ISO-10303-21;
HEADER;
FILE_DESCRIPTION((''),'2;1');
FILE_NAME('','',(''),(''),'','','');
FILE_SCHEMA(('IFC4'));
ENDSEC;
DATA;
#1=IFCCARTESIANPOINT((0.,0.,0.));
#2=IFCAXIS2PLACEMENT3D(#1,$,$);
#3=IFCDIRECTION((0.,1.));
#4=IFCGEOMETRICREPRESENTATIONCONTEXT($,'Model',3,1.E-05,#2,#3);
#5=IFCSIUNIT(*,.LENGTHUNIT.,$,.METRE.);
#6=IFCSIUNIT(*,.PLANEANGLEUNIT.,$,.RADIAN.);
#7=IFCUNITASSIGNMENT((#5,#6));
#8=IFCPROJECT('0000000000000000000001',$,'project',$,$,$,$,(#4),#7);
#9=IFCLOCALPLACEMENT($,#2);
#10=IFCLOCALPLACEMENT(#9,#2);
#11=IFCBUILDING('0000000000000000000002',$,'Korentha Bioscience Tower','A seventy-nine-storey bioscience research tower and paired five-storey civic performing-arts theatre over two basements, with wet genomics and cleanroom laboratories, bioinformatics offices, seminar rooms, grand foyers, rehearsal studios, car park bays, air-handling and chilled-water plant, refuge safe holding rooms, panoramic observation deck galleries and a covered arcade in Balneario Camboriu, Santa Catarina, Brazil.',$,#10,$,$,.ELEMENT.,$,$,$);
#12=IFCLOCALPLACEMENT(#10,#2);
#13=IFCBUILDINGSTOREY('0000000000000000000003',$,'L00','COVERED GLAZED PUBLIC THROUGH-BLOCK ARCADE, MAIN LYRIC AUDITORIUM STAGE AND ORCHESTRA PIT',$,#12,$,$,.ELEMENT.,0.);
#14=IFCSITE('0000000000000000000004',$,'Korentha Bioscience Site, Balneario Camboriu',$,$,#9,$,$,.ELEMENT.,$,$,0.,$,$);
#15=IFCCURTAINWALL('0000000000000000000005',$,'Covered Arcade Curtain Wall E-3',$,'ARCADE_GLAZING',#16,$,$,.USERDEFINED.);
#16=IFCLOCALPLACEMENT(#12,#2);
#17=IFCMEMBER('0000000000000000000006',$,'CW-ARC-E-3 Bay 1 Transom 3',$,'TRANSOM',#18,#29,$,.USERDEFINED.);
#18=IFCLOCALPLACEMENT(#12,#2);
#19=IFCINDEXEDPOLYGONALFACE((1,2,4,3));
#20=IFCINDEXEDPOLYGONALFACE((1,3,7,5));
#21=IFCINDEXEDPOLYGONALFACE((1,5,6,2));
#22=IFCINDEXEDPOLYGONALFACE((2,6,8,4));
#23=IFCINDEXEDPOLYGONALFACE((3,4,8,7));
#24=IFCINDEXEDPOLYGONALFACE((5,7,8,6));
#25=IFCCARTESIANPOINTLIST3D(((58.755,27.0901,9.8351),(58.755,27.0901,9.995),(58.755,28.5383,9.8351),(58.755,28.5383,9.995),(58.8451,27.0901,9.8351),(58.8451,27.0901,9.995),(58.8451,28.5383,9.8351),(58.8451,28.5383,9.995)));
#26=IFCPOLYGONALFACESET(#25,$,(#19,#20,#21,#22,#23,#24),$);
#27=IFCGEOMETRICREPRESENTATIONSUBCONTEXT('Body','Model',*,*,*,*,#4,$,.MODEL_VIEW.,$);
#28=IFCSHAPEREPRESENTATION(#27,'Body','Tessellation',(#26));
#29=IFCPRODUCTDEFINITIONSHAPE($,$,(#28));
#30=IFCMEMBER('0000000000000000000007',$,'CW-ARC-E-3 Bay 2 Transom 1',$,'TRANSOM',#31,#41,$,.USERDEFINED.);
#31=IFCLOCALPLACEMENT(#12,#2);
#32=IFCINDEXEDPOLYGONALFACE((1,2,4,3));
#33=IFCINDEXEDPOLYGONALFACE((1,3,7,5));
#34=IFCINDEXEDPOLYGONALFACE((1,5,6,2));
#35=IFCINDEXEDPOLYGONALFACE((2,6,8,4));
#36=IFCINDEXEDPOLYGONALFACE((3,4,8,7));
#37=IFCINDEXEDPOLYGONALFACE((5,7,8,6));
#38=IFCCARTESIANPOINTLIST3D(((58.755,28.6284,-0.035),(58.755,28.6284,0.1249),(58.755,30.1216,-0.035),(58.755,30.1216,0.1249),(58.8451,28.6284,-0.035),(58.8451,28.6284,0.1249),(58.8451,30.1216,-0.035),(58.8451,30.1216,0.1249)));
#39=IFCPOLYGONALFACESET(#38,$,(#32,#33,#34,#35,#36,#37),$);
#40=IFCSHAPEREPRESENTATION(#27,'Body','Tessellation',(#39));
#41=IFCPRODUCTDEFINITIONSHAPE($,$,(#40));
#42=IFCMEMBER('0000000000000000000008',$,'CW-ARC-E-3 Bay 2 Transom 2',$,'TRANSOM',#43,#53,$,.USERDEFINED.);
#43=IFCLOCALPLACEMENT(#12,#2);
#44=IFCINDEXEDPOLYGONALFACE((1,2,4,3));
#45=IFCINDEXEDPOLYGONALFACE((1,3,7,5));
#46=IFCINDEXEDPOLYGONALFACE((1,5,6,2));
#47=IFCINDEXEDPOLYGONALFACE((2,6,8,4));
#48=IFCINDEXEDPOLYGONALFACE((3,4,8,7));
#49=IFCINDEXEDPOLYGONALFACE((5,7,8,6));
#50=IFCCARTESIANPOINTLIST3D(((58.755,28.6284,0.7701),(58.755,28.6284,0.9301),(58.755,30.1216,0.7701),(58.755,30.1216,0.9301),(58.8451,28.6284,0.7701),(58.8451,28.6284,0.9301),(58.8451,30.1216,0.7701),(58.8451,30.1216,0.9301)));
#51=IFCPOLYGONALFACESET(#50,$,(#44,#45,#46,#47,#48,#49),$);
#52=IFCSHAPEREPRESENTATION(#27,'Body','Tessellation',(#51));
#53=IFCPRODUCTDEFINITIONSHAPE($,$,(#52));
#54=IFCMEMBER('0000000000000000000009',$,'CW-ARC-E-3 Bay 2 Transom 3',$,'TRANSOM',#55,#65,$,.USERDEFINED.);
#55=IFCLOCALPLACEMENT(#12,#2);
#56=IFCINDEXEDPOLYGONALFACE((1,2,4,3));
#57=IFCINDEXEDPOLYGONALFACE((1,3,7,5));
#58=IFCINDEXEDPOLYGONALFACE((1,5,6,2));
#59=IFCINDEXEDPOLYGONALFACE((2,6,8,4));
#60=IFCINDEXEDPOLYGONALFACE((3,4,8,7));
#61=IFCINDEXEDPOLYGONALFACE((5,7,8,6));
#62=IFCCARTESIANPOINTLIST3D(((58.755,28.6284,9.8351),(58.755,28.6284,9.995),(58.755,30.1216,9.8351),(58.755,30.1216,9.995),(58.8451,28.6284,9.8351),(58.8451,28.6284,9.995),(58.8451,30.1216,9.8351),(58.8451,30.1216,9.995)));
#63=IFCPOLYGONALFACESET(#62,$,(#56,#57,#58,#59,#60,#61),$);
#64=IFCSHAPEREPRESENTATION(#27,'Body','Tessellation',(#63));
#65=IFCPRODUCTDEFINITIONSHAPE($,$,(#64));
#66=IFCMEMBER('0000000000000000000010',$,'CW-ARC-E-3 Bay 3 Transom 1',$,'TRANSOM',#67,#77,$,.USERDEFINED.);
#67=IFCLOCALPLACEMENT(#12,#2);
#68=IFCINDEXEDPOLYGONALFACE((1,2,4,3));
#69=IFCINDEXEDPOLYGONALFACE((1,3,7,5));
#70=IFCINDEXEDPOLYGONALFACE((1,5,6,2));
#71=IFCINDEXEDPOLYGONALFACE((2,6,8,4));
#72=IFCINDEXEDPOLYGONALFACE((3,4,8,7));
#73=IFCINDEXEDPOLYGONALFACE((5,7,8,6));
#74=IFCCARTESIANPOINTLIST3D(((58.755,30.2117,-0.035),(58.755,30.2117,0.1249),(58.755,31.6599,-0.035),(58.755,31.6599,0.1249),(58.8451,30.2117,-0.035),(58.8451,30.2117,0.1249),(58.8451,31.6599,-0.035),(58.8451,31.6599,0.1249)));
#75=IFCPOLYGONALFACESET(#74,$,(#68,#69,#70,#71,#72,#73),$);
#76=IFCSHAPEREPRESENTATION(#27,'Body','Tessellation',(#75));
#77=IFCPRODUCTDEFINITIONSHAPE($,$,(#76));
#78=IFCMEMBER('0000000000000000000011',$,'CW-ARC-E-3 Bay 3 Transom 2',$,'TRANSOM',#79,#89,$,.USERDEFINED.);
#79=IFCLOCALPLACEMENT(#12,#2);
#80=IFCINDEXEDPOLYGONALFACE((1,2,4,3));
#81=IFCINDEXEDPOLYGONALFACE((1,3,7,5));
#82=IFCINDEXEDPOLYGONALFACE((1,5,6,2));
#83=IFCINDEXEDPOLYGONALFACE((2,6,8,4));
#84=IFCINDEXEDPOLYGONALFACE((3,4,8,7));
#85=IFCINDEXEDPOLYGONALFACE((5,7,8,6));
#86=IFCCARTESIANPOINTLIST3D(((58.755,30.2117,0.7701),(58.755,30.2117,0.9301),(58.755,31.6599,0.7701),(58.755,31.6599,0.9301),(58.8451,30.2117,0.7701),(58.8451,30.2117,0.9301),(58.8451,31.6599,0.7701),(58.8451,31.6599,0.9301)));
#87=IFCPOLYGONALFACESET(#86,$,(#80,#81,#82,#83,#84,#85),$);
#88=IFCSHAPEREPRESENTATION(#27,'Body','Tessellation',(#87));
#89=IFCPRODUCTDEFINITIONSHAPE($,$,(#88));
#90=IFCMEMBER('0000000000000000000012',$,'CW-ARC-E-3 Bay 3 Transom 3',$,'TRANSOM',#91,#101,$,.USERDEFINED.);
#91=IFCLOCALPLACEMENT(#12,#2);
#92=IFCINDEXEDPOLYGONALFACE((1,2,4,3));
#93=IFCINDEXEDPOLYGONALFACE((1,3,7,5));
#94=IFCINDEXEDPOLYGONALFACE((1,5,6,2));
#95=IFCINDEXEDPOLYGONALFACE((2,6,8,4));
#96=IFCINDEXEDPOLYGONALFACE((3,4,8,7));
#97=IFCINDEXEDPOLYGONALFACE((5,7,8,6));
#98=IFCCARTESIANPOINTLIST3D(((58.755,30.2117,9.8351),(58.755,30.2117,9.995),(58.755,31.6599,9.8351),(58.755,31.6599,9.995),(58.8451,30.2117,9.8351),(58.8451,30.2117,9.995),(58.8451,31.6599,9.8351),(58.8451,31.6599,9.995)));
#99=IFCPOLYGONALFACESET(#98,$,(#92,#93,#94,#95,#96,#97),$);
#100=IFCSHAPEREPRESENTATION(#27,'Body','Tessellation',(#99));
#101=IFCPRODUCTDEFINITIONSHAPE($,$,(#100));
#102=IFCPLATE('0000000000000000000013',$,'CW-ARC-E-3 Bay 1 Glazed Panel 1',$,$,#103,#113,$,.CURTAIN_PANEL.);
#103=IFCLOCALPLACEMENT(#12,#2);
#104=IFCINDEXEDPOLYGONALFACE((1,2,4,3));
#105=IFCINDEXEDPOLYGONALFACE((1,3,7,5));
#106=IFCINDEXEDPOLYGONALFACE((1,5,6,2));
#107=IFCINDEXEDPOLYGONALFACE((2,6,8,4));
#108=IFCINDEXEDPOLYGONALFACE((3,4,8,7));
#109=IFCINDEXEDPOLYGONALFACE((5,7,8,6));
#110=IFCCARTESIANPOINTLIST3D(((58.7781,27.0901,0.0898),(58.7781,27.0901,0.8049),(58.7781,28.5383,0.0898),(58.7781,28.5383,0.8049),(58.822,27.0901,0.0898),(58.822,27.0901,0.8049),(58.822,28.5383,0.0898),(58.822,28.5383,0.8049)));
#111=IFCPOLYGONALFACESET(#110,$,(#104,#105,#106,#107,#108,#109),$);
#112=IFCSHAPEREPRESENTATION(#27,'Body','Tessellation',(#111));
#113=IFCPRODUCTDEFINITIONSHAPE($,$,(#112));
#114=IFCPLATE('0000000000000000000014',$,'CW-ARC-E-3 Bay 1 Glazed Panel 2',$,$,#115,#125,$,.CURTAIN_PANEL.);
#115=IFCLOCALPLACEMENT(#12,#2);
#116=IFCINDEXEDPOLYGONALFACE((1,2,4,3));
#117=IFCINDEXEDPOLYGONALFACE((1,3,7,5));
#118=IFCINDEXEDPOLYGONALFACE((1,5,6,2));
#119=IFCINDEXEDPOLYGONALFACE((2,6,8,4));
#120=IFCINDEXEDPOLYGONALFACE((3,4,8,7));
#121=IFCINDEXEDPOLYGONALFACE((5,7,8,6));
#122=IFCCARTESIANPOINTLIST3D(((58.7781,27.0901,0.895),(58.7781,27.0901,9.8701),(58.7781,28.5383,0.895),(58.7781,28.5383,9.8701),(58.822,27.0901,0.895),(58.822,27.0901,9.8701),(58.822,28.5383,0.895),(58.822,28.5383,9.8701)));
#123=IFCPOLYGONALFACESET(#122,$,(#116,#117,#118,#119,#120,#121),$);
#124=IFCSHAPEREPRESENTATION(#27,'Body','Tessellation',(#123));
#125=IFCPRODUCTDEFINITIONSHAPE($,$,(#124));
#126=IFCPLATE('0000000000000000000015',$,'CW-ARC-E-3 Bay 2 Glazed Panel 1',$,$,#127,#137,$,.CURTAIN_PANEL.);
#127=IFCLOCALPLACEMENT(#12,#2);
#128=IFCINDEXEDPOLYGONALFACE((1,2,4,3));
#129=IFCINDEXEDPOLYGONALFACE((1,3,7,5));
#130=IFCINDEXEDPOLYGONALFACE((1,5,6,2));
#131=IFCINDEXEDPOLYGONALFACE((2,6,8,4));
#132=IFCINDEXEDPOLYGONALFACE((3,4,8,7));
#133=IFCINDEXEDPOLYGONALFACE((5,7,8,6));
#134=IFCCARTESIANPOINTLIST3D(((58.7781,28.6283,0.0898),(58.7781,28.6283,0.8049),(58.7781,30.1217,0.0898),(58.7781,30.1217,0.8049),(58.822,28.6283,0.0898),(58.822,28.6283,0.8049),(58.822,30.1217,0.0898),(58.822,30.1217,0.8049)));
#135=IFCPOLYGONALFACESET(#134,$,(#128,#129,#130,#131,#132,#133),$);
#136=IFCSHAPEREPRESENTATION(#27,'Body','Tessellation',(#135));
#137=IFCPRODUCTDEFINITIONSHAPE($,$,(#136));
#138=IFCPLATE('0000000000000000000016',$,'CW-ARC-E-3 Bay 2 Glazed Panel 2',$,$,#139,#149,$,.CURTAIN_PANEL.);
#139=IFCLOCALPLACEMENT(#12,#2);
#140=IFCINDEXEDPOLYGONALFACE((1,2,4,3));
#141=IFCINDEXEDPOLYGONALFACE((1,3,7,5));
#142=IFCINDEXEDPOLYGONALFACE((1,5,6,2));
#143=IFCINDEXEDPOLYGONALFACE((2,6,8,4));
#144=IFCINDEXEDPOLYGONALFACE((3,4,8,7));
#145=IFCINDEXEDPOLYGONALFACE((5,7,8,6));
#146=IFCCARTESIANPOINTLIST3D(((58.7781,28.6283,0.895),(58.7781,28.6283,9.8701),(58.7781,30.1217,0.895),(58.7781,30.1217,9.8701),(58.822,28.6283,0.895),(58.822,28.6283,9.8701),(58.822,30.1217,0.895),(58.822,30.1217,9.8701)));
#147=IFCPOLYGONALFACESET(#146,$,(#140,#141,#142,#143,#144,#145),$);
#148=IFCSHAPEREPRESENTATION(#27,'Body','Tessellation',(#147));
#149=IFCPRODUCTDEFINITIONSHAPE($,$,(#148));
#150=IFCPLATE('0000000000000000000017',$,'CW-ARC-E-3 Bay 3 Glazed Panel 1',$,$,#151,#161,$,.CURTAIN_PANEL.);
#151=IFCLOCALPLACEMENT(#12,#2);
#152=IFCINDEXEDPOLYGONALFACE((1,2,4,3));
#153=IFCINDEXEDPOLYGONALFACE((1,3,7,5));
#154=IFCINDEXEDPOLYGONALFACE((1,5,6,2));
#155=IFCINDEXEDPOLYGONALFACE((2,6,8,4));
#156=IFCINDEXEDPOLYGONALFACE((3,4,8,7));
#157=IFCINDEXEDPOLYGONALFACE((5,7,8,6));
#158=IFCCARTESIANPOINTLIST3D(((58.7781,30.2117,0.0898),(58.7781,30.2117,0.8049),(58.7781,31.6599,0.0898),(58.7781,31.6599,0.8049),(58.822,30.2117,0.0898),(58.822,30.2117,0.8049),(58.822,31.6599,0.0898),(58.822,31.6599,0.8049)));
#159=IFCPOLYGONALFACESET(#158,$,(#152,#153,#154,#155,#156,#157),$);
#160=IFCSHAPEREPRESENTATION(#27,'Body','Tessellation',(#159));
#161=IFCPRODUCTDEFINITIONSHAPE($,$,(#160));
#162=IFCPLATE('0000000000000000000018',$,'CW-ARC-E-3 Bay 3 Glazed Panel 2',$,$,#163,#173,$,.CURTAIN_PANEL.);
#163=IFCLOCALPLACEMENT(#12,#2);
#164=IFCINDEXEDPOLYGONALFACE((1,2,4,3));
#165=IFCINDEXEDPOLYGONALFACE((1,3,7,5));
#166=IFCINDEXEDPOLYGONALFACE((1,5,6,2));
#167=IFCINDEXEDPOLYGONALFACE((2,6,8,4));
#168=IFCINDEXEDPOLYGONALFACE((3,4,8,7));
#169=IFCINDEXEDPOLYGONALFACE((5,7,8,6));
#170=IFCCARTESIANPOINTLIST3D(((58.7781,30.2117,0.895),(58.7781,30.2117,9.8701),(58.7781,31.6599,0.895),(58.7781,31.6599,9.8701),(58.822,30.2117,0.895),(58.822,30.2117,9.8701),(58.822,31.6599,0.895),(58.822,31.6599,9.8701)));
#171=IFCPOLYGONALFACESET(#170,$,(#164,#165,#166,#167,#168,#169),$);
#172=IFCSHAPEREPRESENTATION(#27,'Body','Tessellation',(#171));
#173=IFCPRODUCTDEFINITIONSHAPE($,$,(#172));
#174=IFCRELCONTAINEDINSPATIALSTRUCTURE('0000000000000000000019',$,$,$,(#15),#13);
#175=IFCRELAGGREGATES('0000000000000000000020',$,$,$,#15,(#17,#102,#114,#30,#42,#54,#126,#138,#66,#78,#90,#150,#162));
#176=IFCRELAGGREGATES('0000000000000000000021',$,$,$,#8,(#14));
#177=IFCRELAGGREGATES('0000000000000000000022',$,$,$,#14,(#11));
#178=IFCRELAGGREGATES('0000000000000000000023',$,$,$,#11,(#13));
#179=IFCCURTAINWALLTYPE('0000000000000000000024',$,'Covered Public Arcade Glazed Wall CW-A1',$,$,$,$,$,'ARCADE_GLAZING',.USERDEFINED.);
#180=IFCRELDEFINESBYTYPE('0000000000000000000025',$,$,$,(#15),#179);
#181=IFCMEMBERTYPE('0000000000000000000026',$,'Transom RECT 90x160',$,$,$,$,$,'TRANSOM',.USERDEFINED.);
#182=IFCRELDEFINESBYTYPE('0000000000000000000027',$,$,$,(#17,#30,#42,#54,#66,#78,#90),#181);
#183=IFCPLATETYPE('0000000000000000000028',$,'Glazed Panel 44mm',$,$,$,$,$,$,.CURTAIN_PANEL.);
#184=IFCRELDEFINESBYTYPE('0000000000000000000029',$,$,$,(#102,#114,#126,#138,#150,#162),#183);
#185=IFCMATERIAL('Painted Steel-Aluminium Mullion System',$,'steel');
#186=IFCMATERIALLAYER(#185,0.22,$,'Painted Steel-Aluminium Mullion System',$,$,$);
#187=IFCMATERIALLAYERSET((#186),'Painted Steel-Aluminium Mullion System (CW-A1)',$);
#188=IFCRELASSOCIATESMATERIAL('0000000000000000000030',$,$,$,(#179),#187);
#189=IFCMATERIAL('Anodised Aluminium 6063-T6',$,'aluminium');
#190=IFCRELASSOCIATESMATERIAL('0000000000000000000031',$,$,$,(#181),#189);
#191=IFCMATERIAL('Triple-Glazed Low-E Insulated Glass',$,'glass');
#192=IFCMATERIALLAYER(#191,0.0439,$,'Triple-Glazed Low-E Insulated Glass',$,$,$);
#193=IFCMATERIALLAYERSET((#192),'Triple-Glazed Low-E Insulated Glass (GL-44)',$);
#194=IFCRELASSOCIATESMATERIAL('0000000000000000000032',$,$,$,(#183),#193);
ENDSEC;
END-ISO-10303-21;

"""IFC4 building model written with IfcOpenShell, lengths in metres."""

from ifc_helpers import new_model, si_unit, direction, frame, origin, origin_2d, place, context, subcontext, project, spatial, rectangle, extrude, material, layer, layer_set, material_profile, profile_set, type_object, element, aggregate, save


model = new_model("IFC4")

# Units and contexts
model_context = context("Model", 3, precision=1e-05, world=origin(), true_north=direction((0.0, 1.0)))
body_context = subcontext(model_context, "Body", "Model", "MODEL_VIEW")
ifc_project = project(units=[si_unit("LENGTHUNIT", "METRE"), si_unit("PLANEANGLEUNIT", "RADIAN")], contexts=[model_context])

# Site, building, storey
site_placement = place(None, origin())
site = spatial("IfcSite", under=ifc_project, at=site_placement, Name="Korentha Bioscience Site, Balneario Camboriu", CompositionType="ELEMENT", RefElevation=0.0)
building_placement = place(site_placement, origin())
building = spatial("IfcBuilding", under=site, at=building_placement, Name="Korentha Bioscience Tower", Description="A seventy-nine-storey bioscience research tower and paired five-storey civic performing-arts theatre over two basements, with wet genomics and cleanroom laboratories, bioinformatics offices, seminar rooms, grand foyers, rehearsal studios, car park bays, air-handling and chilled-water plant, refuge safe holding rooms, panoramic observation deck galleries and a covered arcade in Balneario Camboriu, Santa Catarina, Brazil.", CompositionType="ELEMENT")
storey_placement = place(building_placement, origin())
storey = spatial("IfcBuildingStorey", under=building, at=storey_placement, Name="L00", Description="COVERED GLAZED PUBLIC THROUGH-BLOCK ARCADE, MAIN LYRIC AUDITORIUM STAGE AND ORCHESTRA PIT", CompositionType="ELEMENT", Elevation=0.0)

# Curtain wall
ifc_material_1 = material(Name="Painted Steel-Aluminium Mullion System", Category="steel")
ifc_layer_1 = layer(ifc_material_1, 0.22, Name="Painted Steel-Aluminium Mullion System")
ifc_layer_set_1 = layer_set([ifc_layer_1], Name="Painted Steel-Aluminium Mullion System (CW-A1)")
curtain_wall_type = type_object("IfcCurtainWallType", Name="Covered Public Arcade Glazed Wall CW-A1", ElementType="ARCADE_GLAZING", PredefinedType="USERDEFINED", material=ifc_layer_set_1)
curtain_wall_1_placement = place(storey_placement, origin())
curtain_wall_1 = element("IfcCurtainWall", 1, at=curtain_wall_1_placement, inside=storey, type_object=curtain_wall_type, Name="Covered Arcade Curtain Wall E-3", ObjectType="ARCADE_GLAZING", PredefinedType="USERDEFINED")
ifc_material_2 = material(Name="Anodised Aluminium 6063-T6", Category="aluminium")

# Members
ifc_material_profile_1 = material_profile(ifc_material_2, rectangle(XDim=0.0901, YDim=0.1599, at=origin_2d()), Name="Anodised Aluminium 6063-T6")
ifc_profile_set_1 = profile_set([ifc_material_profile_1], Name="Anodised Aluminium 6063-T6 (CW-TRN)")
member_type_1 = type_object("IfcMemberType", Name="Transom RECT 90x160", ElementType="TRANSOM", PredefinedType="USERDEFINED", material=ifc_profile_set_1)
member_1_placement = place(storey_placement, frame((58.8, 27.0901, 9.915), z_axis=(0.0, 1.0, 0.0), x_axis=(-1.0, 0.0, 0.0)))
member_1 = element("IfcMember", 2, at=member_1_placement, type_object=member_type_1, Name="CW-ARC-E-3 Bay 1 Transom 3", ObjectType="TRANSOM", PredefinedType="USERDEFINED", context=body_context, shape_type="SweptSolid", body=[
    extrude(rectangle(XDim=0.0901, YDim=0.1599, at=origin_2d()), origin(), (0.0, 0.0, 1.0), 1.4482),
])
member_2_placement = place(storey_placement, frame((58.8, 28.6284, 0.0449), z_axis=(0.0, 1.0, 0.0), x_axis=(-1.0, 0.0, 0.0)))
member_2 = element("IfcMember", 3, at=member_2_placement, type_object=member_type_1, Name="CW-ARC-E-3 Bay 2 Transom 1", ObjectType="TRANSOM", PredefinedType="USERDEFINED", context=body_context, shape_type="SweptSolid", body=[
    extrude(rectangle(XDim=0.0901, YDim=0.1599, at=origin_2d()), origin(), (0.0, 0.0, 1.0), 1.4932),
])
member_3_placement = place(storey_placement, frame((58.8, 28.6284, 0.8501), z_axis=(0.0, 1.0, 0.0), x_axis=(-1.0, 0.0, 0.0)))
member_3 = element("IfcMember", 4, at=member_3_placement, type_object=member_type_1, Name="CW-ARC-E-3 Bay 2 Transom 2", ObjectType="TRANSOM", PredefinedType="USERDEFINED", context=body_context, shape_type="SweptSolid", body=[
    extrude(rectangle(XDim=0.0901, YDim=0.1599, at=origin_2d()), origin(), (0.0, 0.0, 1.0), 1.4932),
])
member_4_placement = place(storey_placement, frame((58.8, 28.6284, 9.915), z_axis=(0.0, 1.0, 0.0), x_axis=(-1.0, 0.0, 0.0)))
member_4 = element("IfcMember", 5, at=member_4_placement, type_object=member_type_1, Name="CW-ARC-E-3 Bay 2 Transom 3", ObjectType="TRANSOM", PredefinedType="USERDEFINED", context=body_context, shape_type="SweptSolid", body=[
    extrude(rectangle(XDim=0.0901, YDim=0.1599, at=origin_2d()), origin(), (0.0, 0.0, 1.0), 1.4932),
])
member_5_placement = place(storey_placement, frame((58.8, 30.2117, 0.0449), z_axis=(0.0, 1.0, 0.0), x_axis=(-1.0, 0.0, 0.0)))
member_5 = element("IfcMember", 6, at=member_5_placement, type_object=member_type_1, Name="CW-ARC-E-3 Bay 3 Transom 1", ObjectType="TRANSOM", PredefinedType="USERDEFINED", context=body_context, shape_type="SweptSolid", body=[
    extrude(rectangle(XDim=0.0901, YDim=0.1599, at=origin_2d()), origin(), (0.0, 0.0, 1.0), 1.4482),
])
member_6_placement = place(storey_placement, frame((58.8, 30.2117, 0.8501), z_axis=(0.0, 1.0, 0.0), x_axis=(-1.0, 0.0, 0.0)))
member_6 = element("IfcMember", 7, at=member_6_placement, type_object=member_type_1, Name="CW-ARC-E-3 Bay 3 Transom 2", ObjectType="TRANSOM", PredefinedType="USERDEFINED", context=body_context, shape_type="SweptSolid", body=[
    extrude(rectangle(XDim=0.0901, YDim=0.1599, at=origin_2d()), origin(), (0.0, 0.0, 1.0), 1.4482),
])
member_7_placement = place(storey_placement, frame((58.8, 30.2117, 9.915), z_axis=(0.0, 1.0, 0.0), x_axis=(-1.0, 0.0, 0.0)))
member_7 = element("IfcMember", 8, at=member_7_placement, type_object=member_type_1, Name="CW-ARC-E-3 Bay 3 Transom 3", ObjectType="TRANSOM", PredefinedType="USERDEFINED", context=body_context, shape_type="SweptSolid", body=[
    extrude(rectangle(XDim=0.0901, YDim=0.1599, at=origin_2d()), origin(), (0.0, 0.0, 1.0), 1.4482),
])

# Plates
ifc_material_3 = material(Name="Triple-Glazed Low-E Insulated Glass", Category="glass")
ifc_layer_2 = layer(ifc_material_3, 0.0439, Name="Triple-Glazed Low-E Insulated Glass")
ifc_layer_set_2 = layer_set([ifc_layer_2], Name="Triple-Glazed Low-E Insulated Glass (GL-44)")
plate_type = type_object("IfcPlateType", Name="Glazed Panel 44mm", PredefinedType="CURTAIN_PANEL", material=ifc_layer_set_2)
plate_1_placement = place(storey_placement, frame((58.8, 27.8142, 0.0898), z_axis=(0.0, 0.0, 1.0), x_axis=(0.0, 1.0, 0.0)))
plate_1 = element("IfcPlate", 9, at=plate_1_placement, type_object=plate_type, Name="CW-ARC-E-3 Bay 1 Glazed Panel 1", PredefinedType="CURTAIN_PANEL", context=body_context, shape_type="SweptSolid", body=[
    extrude(rectangle(XDim=1.4482, YDim=0.0439, at=origin_2d()), origin(), (0.0, 0.0, 1.0), 0.7151),
])
plate_2_placement = place(storey_placement, frame((58.8, 27.8142, 0.895), z_axis=(0.0, 0.0, 1.0), x_axis=(0.0, 1.0, 0.0)))
plate_2 = element("IfcPlate", 10, at=plate_2_placement, type_object=plate_type, Name="CW-ARC-E-3 Bay 1 Glazed Panel 2", PredefinedType="CURTAIN_PANEL", context=body_context, shape_type="SweptSolid", body=[
    extrude(rectangle(XDim=1.4482, YDim=0.0439, at=origin_2d()), origin(), (0.0, 0.0, 1.0), 8.9751),
])
plate_3_placement = place(storey_placement, frame((58.8, 29.375, 0.0898), z_axis=(0.0, 0.0, 1.0), x_axis=(0.0, 1.0, 0.0)))
plate_3 = element("IfcPlate", 11, at=plate_3_placement, type_object=plate_type, Name="CW-ARC-E-3 Bay 2 Glazed Panel 1", PredefinedType="CURTAIN_PANEL", context=body_context, shape_type="SweptSolid", body=[
    extrude(rectangle(XDim=1.4934, YDim=0.0439, at=origin_2d()), origin(), (0.0, 0.0, 1.0), 0.7151),
])
plate_4_placement = place(storey_placement, frame((58.8, 29.375, 0.895), z_axis=(0.0, 0.0, 1.0), x_axis=(0.0, 1.0, 0.0)))
plate_4 = element("IfcPlate", 12, at=plate_4_placement, type_object=plate_type, Name="CW-ARC-E-3 Bay 2 Glazed Panel 2", PredefinedType="CURTAIN_PANEL", context=body_context, shape_type="SweptSolid", body=[
    extrude(rectangle(XDim=1.4934, YDim=0.0439, at=origin_2d()), origin(), (0.0, 0.0, 1.0), 8.9751),
])
plate_5_placement = place(storey_placement, frame((58.8, 30.9358, 0.0898), z_axis=(0.0, 0.0, 1.0), x_axis=(0.0, 1.0, 0.0)))
plate_5 = element("IfcPlate", 13, at=plate_5_placement, type_object=plate_type, Name="CW-ARC-E-3 Bay 3 Glazed Panel 1", PredefinedType="CURTAIN_PANEL", context=body_context, shape_type="SweptSolid", body=[
    extrude(rectangle(XDim=1.4482, YDim=0.0439, at=origin_2d()), origin(), (0.0, 0.0, 1.0), 0.7151),
])
plate_6_placement = place(storey_placement, frame((58.8, 30.9358, 0.895), z_axis=(0.0, 0.0, 1.0), x_axis=(0.0, 1.0, 0.0)))
plate_6 = element("IfcPlate", 14, at=plate_6_placement, type_object=plate_type, Name="CW-ARC-E-3 Bay 3 Glazed Panel 2", PredefinedType="CURTAIN_PANEL", context=body_context, shape_type="SweptSolid", body=[
    extrude(rectangle(XDim=1.4482, YDim=0.0439, at=origin_2d()), origin(), (0.0, 0.0, 1.0), 8.9751),
])
aggregate(curtain_wall_1, [member_1, plate_1, plate_2, member_2, member_3, member_4, plate_3, plate_4, member_5, member_6, member_7, plate_5, plate_6])

save(model, "model.ifc")
